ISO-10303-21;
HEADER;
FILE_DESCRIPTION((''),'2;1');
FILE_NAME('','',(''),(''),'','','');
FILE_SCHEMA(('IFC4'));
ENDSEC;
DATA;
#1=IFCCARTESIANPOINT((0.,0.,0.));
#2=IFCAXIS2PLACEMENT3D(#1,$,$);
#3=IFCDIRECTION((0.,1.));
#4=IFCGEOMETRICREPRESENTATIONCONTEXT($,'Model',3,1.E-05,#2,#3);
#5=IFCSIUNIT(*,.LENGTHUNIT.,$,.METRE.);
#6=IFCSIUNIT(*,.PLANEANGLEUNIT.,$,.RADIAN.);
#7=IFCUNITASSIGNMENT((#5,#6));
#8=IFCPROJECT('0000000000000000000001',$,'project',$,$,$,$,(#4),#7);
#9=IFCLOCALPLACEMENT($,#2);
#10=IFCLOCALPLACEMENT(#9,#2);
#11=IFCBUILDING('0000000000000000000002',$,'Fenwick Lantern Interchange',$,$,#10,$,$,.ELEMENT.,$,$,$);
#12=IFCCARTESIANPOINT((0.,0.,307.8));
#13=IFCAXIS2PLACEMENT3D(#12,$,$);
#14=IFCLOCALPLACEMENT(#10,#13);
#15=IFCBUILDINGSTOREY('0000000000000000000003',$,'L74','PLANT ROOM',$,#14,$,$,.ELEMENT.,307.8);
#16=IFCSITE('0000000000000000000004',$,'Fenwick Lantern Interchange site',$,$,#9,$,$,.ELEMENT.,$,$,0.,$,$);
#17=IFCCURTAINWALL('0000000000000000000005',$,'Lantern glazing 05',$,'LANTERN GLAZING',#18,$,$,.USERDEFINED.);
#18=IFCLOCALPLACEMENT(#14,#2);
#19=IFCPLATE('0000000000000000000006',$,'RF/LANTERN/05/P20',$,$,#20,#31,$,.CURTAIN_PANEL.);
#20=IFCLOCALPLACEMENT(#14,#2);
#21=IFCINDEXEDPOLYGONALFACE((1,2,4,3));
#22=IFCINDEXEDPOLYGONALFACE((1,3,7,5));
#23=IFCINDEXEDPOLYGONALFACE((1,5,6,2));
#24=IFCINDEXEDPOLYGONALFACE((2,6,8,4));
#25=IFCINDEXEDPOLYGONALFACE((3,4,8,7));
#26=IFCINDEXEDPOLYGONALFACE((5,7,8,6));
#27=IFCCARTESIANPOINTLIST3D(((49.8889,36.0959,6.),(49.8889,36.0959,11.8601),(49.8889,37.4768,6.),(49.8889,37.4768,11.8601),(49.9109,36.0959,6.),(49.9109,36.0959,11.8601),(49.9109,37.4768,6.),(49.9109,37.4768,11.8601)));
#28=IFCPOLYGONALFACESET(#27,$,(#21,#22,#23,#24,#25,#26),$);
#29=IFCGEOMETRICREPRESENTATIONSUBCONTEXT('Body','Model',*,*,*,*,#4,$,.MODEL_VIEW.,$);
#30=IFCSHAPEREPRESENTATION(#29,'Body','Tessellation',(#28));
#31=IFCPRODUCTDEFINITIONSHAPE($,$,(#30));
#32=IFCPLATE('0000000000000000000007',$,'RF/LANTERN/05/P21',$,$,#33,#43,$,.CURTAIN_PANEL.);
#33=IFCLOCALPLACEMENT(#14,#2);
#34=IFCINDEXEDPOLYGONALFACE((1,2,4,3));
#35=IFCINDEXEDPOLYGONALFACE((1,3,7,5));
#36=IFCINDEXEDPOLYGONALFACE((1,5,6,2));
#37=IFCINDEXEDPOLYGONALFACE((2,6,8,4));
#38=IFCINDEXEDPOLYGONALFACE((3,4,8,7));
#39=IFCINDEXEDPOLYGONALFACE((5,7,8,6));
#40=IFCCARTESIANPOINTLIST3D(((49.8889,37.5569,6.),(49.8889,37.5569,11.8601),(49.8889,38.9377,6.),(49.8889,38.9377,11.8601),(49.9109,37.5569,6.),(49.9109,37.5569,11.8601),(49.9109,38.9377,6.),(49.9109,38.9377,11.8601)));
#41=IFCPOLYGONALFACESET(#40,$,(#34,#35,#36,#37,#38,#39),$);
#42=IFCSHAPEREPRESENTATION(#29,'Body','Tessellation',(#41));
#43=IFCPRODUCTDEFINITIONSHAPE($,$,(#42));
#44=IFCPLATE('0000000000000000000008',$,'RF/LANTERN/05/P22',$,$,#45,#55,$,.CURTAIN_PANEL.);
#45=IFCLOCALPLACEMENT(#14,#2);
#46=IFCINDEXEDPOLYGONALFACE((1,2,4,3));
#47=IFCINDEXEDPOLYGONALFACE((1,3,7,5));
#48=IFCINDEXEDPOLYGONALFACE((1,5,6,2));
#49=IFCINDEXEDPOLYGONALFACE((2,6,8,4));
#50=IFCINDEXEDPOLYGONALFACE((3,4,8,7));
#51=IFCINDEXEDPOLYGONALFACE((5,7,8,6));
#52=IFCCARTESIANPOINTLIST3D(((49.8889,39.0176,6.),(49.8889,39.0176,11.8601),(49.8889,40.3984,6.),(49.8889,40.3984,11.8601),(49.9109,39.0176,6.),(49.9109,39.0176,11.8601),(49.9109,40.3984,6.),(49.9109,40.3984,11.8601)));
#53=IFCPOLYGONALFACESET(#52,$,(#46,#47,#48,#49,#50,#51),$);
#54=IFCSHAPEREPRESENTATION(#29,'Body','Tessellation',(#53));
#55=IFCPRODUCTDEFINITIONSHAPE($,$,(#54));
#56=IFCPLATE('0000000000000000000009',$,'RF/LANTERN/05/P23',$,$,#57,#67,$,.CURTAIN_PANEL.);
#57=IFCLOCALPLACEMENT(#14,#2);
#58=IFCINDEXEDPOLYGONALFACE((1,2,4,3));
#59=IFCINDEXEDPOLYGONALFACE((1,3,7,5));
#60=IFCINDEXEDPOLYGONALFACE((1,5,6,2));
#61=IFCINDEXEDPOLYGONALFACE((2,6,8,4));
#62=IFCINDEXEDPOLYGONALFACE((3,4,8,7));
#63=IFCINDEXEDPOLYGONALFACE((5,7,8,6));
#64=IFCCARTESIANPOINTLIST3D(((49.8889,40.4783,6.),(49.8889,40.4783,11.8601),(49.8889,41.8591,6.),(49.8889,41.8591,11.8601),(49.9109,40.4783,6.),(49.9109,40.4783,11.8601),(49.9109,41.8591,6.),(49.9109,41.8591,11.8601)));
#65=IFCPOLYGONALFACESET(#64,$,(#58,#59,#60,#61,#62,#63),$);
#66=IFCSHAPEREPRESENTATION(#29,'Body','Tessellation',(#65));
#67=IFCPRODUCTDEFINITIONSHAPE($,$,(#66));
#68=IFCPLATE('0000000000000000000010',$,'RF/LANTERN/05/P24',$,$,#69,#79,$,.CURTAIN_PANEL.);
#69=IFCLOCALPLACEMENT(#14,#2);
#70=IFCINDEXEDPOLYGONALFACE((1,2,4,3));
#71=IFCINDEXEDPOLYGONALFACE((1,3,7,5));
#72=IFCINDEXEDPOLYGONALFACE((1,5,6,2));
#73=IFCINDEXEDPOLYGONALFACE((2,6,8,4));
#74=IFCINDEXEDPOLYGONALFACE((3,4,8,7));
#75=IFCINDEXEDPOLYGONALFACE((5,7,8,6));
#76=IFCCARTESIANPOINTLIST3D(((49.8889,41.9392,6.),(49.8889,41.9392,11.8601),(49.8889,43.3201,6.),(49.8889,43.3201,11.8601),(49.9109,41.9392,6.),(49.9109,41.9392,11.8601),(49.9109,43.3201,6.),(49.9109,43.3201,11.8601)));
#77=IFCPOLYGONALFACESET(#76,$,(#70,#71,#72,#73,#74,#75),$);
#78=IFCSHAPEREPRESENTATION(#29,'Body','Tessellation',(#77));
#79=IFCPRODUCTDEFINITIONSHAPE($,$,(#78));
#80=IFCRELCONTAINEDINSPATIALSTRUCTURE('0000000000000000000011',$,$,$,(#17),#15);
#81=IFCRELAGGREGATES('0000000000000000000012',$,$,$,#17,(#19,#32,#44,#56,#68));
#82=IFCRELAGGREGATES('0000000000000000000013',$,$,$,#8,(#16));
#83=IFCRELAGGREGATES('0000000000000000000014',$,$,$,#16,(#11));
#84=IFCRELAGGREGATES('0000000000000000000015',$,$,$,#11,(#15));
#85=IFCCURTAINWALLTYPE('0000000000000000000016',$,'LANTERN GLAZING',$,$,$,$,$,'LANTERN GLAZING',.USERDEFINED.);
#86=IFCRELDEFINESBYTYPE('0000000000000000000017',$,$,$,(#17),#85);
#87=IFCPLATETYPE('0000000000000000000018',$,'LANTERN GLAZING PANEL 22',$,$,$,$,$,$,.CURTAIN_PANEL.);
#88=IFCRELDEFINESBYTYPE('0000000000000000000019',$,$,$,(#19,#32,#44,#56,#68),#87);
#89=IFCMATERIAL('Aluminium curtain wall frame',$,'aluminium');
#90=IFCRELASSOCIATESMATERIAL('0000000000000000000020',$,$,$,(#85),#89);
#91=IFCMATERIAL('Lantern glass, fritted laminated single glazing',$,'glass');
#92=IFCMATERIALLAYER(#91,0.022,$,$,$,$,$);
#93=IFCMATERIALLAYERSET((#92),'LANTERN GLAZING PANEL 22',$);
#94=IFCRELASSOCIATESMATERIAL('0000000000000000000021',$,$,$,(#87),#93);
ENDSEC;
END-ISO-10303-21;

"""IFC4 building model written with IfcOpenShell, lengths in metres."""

from ifc_helpers import new_model, si_unit, direction, frame, origin, origin_2d, place, context, subcontext, project, spatial, rectangle, extrude, material, layer, layer_set, type_object, element, aggregate, save


model = new_model("IFC4")

# Units and contexts
model_context = context("Model", 3, precision=1e-05, world=origin(), true_north=direction((0.0, 1.0)))
body_context = subcontext(model_context, "Body", "Model", "MODEL_VIEW")
ifc_project = project(units=[si_unit("LENGTHUNIT", "METRE"), si_unit("PLANEANGLEUNIT", "RADIAN")], contexts=[model_context])

# Site, building, storey
site_placement = place(None, origin())
site = spatial("IfcSite", under=ifc_project, at=site_placement, Name="Fenwick Lantern Interchange site", CompositionType="ELEMENT", RefElevation=0.0)
building_placement = place(site_placement, origin())
building = spatial("IfcBuilding", under=site, at=building_placement, Name="Fenwick Lantern Interchange", CompositionType="ELEMENT")
storey_placement = place(building_placement, frame((0.0, 0.0, 307.8)))
storey = spatial("IfcBuildingStorey", under=building, at=storey_placement, Name="L74", Description="PLANT ROOM", CompositionType="ELEMENT", Elevation=307.8)

# Curtain wall
ifc_material_1 = material(Name="Aluminium curtain wall frame", Category="aluminium")
curtain_wall_type = type_object("IfcCurtainWallType", Name="LANTERN GLAZING", ElementType="LANTERN GLAZING", PredefinedType="USERDEFINED", material=ifc_material_1)
curtain_wall_1_placement = place(storey_placement, origin())
curtain_wall_1 = element("IfcCurtainWall", 1, at=curtain_wall_1_placement, inside=storey, type_object=curtain_wall_type, Name="Lantern glazing 05", ObjectType="LANTERN GLAZING", PredefinedType="USERDEFINED")

# Plates
ifc_material_2 = material(Name="Lantern glass, fritted laminated single glazing", Category="glass")
ifc_layer = layer(ifc_material_2, 0.022)
ifc_layer_set = layer_set([ifc_layer], Name="LANTERN GLAZING PANEL 22")
plate_type = type_object("IfcPlateType", Name="LANTERN GLAZING PANEL 22", PredefinedType="CURTAIN_PANEL", material=ifc_layer_set)
plate_1_placement = place(storey_placement, frame((49.8999, 36.7864, 6.0), z_axis=(0.0, 0.0, 1.0), x_axis=(0.0, 1.0, 0.0)))
plate_1 = element("IfcPlate", 2, at=plate_1_placement, type_object=plate_type, Name="RF/LANTERN/05/P20", PredefinedType="CURTAIN_PANEL", context=body_context, shape_type="SweptSolid", body=[
    extrude(rectangle(XDim=1.3809, YDim=0.022, at=origin_2d()), origin(), (0.0, 0.0, 1.0), 5.8601),
])
plate_2_placement = place(storey_placement, frame((49.8999, 38.2473, 6.0), z_axis=(0.0, 0.0, 1.0), x_axis=(0.0, 1.0, 0.0)))
plate_2 = element("IfcPlate", 3, at=plate_2_placement, type_object=plate_type, Name="RF/LANTERN/05/P21", PredefinedType="CURTAIN_PANEL", context=body_context, shape_type="SweptSolid", body=[
    extrude(rectangle(XDim=1.3809, YDim=0.022, at=origin_2d()), origin(), (0.0, 0.0, 1.0), 5.8601),
])
plate_3_placement = place(storey_placement, frame((49.8999, 39.708, 6.0), z_axis=(0.0, 0.0, 1.0), x_axis=(0.0, 1.0, 0.0)))
plate_3 = element("IfcPlate", 4, at=plate_3_placement, type_object=plate_type, Name="RF/LANTERN/05/P22", PredefinedType="CURTAIN_PANEL", context=body_context, shape_type="SweptSolid", body=[
    extrude(rectangle(XDim=1.3809, YDim=0.022, at=origin_2d()), origin(), (0.0, 0.0, 1.0), 5.8601),
])
plate_4_placement = place(storey_placement, frame((49.8999, 41.1687, 6.0), z_axis=(0.0, 0.0, 1.0), x_axis=(0.0, 1.0, 0.0)))
plate_4 = element("IfcPlate", 5, at=plate_4_placement, type_object=plate_type, Name="RF/LANTERN/05/P23", PredefinedType="CURTAIN_PANEL", context=body_context, shape_type="SweptSolid", body=[
    extrude(rectangle(XDim=1.3809, YDim=0.022, at=origin_2d()), origin(), (0.0, 0.0, 1.0), 5.8601),
])
plate_5_placement = place(storey_placement, frame((49.8999, 42.6296, 6.0), z_axis=(0.0, 0.0, 1.0), x_axis=(0.0, 1.0, 0.0)))
plate_5 = element("IfcPlate", 6, at=plate_5_placement, type_object=plate_type, Name="RF/LANTERN/05/P24", PredefinedType="CURTAIN_PANEL", context=body_context, shape_type="SweptSolid", body=[
    extrude(rectangle(XDim=1.3809, YDim=0.022, at=origin_2d()), origin(), (0.0, 0.0, 1.0), 5.8601),
])
aggregate(curtain_wall_1, [plate_1, plate_2, plate_3, plate_4, plate_5])

save(model, "model.ifc")
